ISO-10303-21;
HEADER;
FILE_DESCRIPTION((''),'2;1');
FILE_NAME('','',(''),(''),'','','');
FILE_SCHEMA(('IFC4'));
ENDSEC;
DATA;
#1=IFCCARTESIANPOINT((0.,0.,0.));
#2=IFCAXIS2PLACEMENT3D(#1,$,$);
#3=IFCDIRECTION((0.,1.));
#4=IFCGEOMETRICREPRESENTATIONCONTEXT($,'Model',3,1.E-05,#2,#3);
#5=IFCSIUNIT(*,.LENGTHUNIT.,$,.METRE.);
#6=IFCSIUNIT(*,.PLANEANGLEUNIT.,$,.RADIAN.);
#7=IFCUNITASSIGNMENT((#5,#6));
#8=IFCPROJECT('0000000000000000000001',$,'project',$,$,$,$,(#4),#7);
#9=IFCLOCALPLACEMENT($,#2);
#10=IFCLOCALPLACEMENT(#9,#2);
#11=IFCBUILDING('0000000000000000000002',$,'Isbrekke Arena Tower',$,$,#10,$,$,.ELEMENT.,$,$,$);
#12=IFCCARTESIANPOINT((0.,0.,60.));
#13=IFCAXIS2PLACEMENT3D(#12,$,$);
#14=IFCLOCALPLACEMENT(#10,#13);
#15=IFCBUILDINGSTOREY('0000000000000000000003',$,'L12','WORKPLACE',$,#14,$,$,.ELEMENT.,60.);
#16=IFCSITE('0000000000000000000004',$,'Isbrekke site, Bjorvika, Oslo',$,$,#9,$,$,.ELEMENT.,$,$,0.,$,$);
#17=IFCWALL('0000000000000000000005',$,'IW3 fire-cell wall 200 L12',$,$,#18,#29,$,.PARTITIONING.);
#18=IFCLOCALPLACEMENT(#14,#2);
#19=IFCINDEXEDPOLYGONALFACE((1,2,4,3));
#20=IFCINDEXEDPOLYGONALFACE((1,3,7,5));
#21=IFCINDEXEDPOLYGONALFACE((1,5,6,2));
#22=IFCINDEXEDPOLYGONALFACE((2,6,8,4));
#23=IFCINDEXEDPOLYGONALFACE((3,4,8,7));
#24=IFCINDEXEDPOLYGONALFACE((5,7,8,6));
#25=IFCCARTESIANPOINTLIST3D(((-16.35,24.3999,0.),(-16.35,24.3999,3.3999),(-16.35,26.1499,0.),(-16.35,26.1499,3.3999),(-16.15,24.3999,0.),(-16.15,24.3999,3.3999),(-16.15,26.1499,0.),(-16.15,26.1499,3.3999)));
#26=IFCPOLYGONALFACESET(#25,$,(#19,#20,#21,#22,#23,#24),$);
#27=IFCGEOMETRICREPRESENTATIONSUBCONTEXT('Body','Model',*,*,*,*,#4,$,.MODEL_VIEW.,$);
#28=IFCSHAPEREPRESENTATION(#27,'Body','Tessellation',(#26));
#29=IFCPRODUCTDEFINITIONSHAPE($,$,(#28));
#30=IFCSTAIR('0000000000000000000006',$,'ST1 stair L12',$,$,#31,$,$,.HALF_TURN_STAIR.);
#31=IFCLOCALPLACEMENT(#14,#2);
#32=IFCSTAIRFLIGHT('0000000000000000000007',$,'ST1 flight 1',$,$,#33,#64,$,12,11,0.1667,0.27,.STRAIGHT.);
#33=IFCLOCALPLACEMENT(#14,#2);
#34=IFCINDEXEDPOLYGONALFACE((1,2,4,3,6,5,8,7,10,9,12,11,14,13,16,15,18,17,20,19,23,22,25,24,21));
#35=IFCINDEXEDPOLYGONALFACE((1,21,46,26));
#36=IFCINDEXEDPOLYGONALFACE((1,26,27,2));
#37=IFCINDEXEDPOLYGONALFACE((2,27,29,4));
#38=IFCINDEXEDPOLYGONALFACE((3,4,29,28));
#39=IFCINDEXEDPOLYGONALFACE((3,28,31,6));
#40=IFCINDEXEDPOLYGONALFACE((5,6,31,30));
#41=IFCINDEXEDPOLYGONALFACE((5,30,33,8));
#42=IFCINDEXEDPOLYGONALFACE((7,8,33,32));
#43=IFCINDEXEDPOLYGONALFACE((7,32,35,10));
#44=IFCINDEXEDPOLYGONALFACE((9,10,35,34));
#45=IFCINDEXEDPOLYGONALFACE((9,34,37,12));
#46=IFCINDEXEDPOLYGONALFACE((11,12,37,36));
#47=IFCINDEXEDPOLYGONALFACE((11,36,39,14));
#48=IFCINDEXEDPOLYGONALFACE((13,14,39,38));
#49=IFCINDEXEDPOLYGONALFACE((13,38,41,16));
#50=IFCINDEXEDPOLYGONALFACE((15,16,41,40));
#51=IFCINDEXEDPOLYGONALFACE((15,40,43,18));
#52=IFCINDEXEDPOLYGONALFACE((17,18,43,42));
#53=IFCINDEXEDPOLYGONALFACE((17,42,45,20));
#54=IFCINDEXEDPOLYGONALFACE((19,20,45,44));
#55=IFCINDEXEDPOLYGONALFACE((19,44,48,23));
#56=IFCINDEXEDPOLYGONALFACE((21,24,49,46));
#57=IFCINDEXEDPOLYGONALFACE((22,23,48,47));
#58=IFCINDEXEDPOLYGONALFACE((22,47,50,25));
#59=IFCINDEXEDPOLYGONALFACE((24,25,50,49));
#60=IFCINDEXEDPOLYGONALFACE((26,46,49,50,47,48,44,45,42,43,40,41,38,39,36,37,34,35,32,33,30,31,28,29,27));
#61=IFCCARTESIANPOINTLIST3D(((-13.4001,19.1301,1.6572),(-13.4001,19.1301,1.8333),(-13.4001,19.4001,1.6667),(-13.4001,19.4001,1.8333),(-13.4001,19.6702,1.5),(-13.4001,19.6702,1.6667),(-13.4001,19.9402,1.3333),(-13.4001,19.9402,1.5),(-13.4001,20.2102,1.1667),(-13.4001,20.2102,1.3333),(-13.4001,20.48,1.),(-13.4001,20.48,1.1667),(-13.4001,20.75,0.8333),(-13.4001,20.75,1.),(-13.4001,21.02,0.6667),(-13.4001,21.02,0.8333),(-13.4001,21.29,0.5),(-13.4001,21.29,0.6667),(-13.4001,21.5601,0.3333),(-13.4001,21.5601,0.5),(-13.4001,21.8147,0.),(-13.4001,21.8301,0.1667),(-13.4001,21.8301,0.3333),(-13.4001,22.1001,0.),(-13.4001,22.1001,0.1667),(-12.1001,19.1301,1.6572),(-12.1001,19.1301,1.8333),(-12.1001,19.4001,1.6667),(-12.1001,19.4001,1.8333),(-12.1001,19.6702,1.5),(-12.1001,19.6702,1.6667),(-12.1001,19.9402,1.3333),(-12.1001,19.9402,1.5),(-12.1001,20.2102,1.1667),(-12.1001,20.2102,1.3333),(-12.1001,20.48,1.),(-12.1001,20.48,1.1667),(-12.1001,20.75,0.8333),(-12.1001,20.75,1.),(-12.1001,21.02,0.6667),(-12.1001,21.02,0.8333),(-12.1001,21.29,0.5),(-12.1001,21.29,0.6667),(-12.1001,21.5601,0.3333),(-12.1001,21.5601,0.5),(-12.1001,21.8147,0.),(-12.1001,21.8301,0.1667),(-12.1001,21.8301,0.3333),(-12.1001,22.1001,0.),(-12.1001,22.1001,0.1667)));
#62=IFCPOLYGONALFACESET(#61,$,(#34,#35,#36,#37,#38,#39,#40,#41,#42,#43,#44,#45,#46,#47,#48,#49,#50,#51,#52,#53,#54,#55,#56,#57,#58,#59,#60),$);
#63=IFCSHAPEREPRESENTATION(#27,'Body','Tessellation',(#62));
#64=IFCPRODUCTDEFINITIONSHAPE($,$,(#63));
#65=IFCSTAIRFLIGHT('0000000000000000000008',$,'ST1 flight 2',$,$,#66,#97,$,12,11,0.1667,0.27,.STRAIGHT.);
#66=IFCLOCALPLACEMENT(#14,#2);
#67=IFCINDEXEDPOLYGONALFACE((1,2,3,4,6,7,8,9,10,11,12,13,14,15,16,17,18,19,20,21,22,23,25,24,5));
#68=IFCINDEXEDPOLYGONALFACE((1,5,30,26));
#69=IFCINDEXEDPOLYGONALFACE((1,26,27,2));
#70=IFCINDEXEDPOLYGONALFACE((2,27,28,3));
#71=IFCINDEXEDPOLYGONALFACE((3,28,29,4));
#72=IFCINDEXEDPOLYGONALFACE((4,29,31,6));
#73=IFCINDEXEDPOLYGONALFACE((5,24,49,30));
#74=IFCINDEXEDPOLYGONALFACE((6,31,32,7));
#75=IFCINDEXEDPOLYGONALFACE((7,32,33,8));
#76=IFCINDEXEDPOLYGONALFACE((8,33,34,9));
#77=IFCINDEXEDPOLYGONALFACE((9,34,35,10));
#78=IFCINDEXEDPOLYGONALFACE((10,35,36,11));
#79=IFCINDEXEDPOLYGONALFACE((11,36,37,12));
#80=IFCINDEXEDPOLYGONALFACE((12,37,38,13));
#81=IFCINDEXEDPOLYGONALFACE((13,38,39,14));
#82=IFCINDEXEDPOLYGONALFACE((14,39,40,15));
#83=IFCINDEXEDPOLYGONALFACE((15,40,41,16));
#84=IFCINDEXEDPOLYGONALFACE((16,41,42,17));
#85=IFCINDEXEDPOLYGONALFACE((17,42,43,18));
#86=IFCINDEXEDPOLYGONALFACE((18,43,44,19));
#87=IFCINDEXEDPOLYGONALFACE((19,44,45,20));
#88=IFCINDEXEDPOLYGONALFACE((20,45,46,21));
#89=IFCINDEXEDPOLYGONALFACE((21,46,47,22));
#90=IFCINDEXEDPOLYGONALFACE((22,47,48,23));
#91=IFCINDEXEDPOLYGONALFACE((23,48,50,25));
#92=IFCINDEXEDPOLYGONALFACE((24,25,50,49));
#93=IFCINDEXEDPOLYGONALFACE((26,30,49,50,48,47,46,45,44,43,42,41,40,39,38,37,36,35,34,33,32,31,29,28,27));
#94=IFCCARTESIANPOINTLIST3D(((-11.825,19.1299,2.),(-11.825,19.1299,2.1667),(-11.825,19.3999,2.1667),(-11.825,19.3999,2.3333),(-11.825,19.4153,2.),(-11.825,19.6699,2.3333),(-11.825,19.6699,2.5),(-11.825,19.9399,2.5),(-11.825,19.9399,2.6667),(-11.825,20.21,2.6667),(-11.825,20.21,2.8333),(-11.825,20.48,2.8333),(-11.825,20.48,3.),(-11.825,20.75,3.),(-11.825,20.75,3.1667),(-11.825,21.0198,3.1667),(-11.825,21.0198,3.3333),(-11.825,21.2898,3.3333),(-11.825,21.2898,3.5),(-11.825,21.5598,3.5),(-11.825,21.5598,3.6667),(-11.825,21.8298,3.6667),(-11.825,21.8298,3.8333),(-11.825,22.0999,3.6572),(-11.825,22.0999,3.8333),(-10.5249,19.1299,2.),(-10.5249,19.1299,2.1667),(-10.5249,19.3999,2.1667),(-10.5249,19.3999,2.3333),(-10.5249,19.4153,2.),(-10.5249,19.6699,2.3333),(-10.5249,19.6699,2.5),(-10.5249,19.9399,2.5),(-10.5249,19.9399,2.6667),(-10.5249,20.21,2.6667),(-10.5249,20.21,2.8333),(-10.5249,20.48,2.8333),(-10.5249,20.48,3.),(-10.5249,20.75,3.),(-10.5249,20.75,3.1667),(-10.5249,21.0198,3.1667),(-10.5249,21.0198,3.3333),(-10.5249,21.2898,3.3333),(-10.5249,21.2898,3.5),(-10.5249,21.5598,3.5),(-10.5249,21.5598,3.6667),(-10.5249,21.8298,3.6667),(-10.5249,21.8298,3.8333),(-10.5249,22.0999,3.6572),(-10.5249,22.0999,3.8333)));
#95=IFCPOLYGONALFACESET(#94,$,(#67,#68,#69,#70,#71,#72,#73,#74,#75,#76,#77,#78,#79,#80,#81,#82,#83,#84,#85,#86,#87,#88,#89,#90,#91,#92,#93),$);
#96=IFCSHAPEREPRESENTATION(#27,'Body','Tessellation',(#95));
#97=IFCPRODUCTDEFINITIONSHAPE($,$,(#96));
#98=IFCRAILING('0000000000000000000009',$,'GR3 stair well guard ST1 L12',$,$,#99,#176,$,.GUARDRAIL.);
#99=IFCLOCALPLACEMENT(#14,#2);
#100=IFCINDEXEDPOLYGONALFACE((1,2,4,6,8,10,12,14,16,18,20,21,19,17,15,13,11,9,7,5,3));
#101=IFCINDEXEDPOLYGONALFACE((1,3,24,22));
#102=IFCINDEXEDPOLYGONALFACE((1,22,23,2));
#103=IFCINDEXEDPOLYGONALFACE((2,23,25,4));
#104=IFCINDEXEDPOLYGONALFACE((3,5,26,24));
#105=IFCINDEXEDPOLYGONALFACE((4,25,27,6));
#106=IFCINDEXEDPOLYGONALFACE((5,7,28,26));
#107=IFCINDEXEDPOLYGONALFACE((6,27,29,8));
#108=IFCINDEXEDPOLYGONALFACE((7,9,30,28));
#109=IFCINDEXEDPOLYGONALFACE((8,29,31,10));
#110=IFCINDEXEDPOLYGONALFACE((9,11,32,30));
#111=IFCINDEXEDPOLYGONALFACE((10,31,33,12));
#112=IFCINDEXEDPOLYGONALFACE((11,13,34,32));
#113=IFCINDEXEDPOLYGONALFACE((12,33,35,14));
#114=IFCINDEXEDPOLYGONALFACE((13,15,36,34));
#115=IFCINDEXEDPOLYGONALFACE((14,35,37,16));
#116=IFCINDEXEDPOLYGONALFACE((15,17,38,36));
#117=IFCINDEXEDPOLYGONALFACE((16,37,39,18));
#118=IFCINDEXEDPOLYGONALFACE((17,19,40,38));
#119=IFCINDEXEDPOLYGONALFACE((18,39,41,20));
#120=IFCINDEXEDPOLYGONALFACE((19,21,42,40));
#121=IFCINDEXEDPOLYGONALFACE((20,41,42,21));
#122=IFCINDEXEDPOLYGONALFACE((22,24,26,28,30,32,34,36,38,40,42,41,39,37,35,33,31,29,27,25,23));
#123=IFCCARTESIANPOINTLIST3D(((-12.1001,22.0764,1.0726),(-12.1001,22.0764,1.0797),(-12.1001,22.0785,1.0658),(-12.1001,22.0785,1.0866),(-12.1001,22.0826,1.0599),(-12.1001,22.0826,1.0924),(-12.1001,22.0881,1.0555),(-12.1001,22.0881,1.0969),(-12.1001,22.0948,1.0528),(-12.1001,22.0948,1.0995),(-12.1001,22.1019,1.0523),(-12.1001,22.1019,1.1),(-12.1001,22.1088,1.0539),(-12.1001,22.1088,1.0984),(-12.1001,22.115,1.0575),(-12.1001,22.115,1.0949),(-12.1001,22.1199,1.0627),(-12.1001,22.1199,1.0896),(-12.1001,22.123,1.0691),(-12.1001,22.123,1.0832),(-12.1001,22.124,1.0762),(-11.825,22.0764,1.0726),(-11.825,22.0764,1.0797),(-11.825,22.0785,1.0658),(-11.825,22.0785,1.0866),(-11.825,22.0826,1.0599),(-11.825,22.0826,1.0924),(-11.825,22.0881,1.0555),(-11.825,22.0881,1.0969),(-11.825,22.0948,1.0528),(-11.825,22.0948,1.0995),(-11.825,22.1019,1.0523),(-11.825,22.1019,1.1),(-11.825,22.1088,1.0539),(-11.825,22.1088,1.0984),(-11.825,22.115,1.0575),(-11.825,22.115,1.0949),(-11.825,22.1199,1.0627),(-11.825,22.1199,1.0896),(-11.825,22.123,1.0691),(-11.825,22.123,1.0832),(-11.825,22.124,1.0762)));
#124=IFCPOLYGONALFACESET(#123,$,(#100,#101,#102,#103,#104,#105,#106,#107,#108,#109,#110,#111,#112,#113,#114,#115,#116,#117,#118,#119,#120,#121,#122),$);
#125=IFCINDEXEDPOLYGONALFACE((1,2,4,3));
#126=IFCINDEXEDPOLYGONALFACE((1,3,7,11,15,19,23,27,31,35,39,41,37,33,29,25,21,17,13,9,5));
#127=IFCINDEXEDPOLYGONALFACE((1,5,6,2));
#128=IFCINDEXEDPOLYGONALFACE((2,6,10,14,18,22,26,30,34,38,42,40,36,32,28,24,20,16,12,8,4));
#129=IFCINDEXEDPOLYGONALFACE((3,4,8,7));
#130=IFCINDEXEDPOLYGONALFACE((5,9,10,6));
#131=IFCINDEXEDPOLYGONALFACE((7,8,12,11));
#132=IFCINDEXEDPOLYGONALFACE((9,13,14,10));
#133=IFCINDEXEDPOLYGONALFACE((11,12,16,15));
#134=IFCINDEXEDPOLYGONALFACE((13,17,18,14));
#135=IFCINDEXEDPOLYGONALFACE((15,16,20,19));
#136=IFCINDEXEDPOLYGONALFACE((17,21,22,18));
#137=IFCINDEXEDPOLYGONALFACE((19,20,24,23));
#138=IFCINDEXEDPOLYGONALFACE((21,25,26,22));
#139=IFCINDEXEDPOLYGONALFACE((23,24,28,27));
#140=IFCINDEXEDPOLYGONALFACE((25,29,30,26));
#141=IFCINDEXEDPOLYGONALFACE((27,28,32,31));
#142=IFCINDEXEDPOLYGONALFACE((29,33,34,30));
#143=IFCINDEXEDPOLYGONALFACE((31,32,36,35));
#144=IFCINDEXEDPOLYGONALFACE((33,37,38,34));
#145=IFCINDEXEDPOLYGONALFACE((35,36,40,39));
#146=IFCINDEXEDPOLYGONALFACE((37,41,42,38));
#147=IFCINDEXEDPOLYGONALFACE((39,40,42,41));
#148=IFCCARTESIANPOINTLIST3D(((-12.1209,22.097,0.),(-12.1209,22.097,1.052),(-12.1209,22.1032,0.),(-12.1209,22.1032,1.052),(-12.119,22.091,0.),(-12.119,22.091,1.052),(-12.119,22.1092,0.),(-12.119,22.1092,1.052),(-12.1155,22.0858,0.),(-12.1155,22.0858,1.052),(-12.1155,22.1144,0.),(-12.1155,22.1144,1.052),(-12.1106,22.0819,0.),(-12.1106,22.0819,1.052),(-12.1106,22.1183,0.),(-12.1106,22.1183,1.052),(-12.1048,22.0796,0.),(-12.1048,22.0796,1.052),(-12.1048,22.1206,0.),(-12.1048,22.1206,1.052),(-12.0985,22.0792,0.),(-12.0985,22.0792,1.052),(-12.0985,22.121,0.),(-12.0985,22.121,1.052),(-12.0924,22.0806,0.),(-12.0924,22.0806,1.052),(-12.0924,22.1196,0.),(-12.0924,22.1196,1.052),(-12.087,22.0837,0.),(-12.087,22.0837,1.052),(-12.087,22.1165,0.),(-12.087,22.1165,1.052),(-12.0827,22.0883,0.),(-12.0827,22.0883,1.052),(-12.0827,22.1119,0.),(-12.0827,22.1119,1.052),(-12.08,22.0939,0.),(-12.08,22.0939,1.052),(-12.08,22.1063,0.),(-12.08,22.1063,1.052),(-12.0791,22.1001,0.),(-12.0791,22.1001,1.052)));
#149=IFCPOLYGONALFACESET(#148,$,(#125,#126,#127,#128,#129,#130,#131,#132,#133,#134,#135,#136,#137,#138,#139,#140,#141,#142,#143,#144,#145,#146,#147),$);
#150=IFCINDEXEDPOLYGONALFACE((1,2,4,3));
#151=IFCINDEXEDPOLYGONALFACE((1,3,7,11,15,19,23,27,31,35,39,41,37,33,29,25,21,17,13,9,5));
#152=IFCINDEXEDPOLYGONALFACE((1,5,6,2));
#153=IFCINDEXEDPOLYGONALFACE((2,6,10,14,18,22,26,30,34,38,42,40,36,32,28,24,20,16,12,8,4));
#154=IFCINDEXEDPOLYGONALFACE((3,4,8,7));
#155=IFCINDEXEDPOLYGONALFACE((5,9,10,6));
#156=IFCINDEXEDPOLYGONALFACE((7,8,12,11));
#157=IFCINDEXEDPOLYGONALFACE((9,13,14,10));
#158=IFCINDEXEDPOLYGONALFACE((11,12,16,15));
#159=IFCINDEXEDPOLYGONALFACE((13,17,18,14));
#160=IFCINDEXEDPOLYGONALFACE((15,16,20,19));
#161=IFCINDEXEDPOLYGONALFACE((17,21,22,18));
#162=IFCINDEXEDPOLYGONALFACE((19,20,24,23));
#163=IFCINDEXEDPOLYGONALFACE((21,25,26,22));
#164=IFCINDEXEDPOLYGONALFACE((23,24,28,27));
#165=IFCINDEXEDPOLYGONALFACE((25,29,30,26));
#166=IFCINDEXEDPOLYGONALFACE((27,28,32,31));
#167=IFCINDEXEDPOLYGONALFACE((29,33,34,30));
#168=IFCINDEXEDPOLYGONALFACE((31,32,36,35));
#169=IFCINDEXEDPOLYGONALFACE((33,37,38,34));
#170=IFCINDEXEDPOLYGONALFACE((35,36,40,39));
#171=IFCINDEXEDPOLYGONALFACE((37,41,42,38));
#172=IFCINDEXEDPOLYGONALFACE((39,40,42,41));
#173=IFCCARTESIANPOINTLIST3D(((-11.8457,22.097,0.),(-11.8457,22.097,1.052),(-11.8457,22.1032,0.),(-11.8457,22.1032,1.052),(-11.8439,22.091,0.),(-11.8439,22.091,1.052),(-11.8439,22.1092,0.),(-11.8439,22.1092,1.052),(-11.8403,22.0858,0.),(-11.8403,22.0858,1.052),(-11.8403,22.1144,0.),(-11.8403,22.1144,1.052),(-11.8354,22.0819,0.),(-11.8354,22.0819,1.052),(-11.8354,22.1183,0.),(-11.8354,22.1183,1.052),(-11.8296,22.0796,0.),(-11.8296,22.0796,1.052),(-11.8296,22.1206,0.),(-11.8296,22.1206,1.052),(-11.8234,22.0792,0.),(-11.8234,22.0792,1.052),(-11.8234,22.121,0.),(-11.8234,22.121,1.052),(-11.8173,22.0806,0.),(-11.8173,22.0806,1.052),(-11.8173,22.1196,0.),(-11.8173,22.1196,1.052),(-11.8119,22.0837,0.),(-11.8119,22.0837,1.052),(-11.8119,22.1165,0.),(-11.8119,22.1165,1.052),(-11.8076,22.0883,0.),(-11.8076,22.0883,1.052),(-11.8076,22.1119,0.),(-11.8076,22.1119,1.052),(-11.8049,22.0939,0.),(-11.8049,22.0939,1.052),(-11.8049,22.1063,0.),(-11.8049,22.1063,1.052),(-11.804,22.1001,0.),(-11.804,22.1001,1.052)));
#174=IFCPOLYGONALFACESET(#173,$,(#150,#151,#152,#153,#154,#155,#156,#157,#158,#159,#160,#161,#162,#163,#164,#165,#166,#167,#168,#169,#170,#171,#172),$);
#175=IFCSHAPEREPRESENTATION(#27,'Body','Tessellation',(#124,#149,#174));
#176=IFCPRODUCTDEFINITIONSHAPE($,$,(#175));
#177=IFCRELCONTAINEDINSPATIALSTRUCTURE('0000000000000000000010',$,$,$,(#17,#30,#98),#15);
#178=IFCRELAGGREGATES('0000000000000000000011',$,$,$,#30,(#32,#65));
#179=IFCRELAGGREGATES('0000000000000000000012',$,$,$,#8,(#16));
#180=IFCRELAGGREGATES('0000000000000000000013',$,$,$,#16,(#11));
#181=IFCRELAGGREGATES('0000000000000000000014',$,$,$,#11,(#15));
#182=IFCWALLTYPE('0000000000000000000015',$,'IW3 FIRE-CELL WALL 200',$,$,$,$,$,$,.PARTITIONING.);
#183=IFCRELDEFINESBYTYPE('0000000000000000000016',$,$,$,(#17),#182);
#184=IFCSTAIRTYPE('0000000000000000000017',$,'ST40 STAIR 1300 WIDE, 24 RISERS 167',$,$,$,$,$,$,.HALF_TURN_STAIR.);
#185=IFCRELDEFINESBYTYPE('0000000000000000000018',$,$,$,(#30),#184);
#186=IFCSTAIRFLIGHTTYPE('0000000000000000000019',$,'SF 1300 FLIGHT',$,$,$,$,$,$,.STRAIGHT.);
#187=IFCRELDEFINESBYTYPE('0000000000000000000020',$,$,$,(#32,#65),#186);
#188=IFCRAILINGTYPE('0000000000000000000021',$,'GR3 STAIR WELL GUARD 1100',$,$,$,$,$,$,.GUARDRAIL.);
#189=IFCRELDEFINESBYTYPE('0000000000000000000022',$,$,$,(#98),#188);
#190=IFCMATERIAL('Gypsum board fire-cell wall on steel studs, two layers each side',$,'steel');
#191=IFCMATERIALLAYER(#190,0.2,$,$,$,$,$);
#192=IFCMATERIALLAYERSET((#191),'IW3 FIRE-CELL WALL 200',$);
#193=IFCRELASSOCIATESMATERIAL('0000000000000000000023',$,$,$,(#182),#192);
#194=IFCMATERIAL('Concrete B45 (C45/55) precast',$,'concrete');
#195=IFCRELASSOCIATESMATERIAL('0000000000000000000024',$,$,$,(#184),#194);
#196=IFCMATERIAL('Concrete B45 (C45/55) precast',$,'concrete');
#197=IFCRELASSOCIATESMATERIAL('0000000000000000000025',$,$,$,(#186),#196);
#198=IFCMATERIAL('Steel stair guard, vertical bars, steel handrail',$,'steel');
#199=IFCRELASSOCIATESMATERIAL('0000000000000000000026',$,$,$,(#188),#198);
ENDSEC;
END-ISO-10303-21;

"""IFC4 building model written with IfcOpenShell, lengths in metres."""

from ifc_helpers import new_model, si_unit, direction, frame, frame_2d, origin, origin_2d, place, context, subcontext, project, spatial, polyline, rectangle, circle, outline, extrude, material, layer, layer_set, type_object, element, aggregate, save


model = new_model("IFC4")

# Units and contexts
model_context = context("Model", 3, precision=1e-05, world=origin(), true_north=direction((0.0, 1.0)))
body_context = subcontext(model_context, "Body", "Model", "MODEL_VIEW")
ifc_project = project(units=[si_unit("LENGTHUNIT", "METRE"), si_unit("PLANEANGLEUNIT", "RADIAN")], contexts=[model_context])

# Site, building, storey
site_placement = place(None, origin())
site = spatial("IfcSite", under=ifc_project, at=site_placement, Name="Isbrekke site, Bjorvika, Oslo", CompositionType="ELEMENT", RefElevation=0.0)
building_placement = place(site_placement, origin())
building = spatial("IfcBuilding", under=site, at=building_placement, Name="Isbrekke Arena Tower", CompositionType="ELEMENT")
storey_placement = place(building_placement, frame((0.0, 0.0, 60.0)))
storey = spatial("IfcBuildingStorey", under=building, at=storey_placement, Name="L12", Description="WORKPLACE", CompositionType="ELEMENT", Elevation=60.0)

# Wall
ifc_material_1 = material(Name="Gypsum board fire-cell wall on steel studs, two layers each side", Category="steel")
ifc_layer_1 = layer(ifc_material_1, 0.2)
ifc_layer_set_1 = layer_set([ifc_layer_1], Name="IW3 FIRE-CELL WALL 200")
wall_type_1 = type_object("IfcWallType", Name="IW3 FIRE-CELL WALL 200", PredefinedType="PARTITIONING", material=ifc_layer_set_1)
wall_1_placement = place(storey_placement, frame((-16.25, 24.3999, 0.0), z_axis=(0.0, 0.0, 1.0), x_axis=(0.0, 1.0, 0.0)))
element("IfcWall", 1, at=wall_1_placement, inside=storey, type_object=wall_type_1, Name="IW3 fire-cell wall 200 L12", PredefinedType="PARTITIONING", context=body_context, shape_type="SweptSolid", body=[
    extrude(rectangle(XDim=1.75, YDim=0.2, at=frame_2d((0.875, 0.0))), origin(), (0.0, 0.0, 1.0), 3.3999),
])

# Stair, stair flights
ifc_material_2 = material(Name="Concrete B45 (C45/55) precast", Category="concrete")
stair_type = type_object("IfcStairType", Name="ST40 STAIR 1300 WIDE, 24 RISERS 167", PredefinedType="HALF_TURN_STAIR", material=ifc_material_2)
stair_placement = place(storey_placement, origin())
stair = element("IfcStair", 2, at=stair_placement, inside=storey, type_object=stair_type, Name="ST1 stair L12", PredefinedType="HALF_TURN_STAIR")
ifc_material_3 = material(Name="Concrete B45 (C45/55) precast", Category="concrete")
stair_flight_type = type_object("IfcStairFlightType", Name="SF 1300 FLIGHT", PredefinedType="STRAIGHT", material=ifc_material_3)
stair_flight_1_placement = place(storey_placement, frame((-12.75, 22.1001, 0.0), z_axis=(0.0, 0.0, 1.0), x_axis=(0.0, -1.0, 0.0)))
stair_flight_1 = element("IfcStairFlight", 3, at=stair_flight_1_placement, type_object=stair_flight_type, Name="ST1 flight 1", NumberOfRisers=12, NumberOfTreads=11, PredefinedType="STRAIGHT", RiserHeight=0.1667, TreadLength=0.27, context=body_context, shape_type="SweptSolid", body=[
    extrude(outline(polyline([(0.0, 0.0), (0.0, 0.1667), (0.27, 0.1667), (0.27, 0.3333), (0.54, 0.3333), (0.54, 0.5), (0.8101, 0.5), (0.8101, 0.6667), (1.0801, 0.6667), (1.0801, 0.8333), (1.3501, 0.8333), (1.3501, 1.0), (1.6201, 1.0), (1.6201, 1.1667), (1.8899, 1.1667), (1.8899, 1.3333), (2.1599, 1.3333), (2.1599, 1.5), (2.4299, 1.5), (2.4299, 1.6667), (2.7, 1.6667), (2.7, 1.8333), (2.97, 1.8333), (2.97, 2.0), (2.97, 1.6572), (0.2854, 0.0), (0.0, 0.0)])), frame((0.0, 0.6499, 0.0), z_axis=(0.0, -1.0, 0.0), x_axis=(1.0, 0.0, 0.0)), (0.0, 0.0, 1.0), 1.3),
])
stair_flight_2_placement = place(storey_placement, frame((-11.175, 19.1299, 2.0), z_axis=(0.0, 0.0, 1.0), x_axis=(0.0, 1.0, 0.0)))
stair_flight_2 = element("IfcStairFlight", 4, at=stair_flight_2_placement, type_object=stair_flight_type, Name="ST1 flight 2", NumberOfRisers=12, NumberOfTreads=11, PredefinedType="STRAIGHT", RiserHeight=0.1667, TreadLength=0.27, context=body_context, shape_type="SweptSolid", body=[
    extrude(outline(polyline([(0.0, 0.0), (0.0, 0.1667), (0.27, 0.1667), (0.27, 0.3333), (0.54, 0.3333), (0.54, 0.5), (0.8101, 0.5), (0.8101, 0.6667), (1.0801, 0.6667), (1.0801, 0.8333), (1.3501, 0.8333), (1.3501, 1.0), (1.6201, 1.0), (1.6201, 1.1667), (1.8899, 1.1667), (1.8899, 1.3333), (2.1599, 1.3333), (2.1599, 1.5), (2.4299, 1.5), (2.4299, 1.6667), (2.7, 1.6667), (2.7, 1.8333), (2.97, 1.8333), (2.97, 2.0), (2.97, 1.6572), (0.2854, 0.0), (0.0, 0.0)])), frame((0.0, 0.6499, 0.0), z_axis=(0.0, -1.0, 0.0), x_axis=(1.0, 0.0, 0.0)), (0.0, 0.0, 1.0), 1.3),
])
aggregate(stair, [stair_flight_1, stair_flight_2])

# Railing
ifc_material_4 = material(Name="Steel stair guard, vertical bars, steel handrail", Category="steel")
railing_type = type_object("IfcRailingType", Name="GR3 STAIR WELL GUARD 1100", PredefinedType="GUARDRAIL", material=ifc_material_4)
for number, where, name in (
    (5, (-12.1001, 22.1001, 0.0), "GR3 stair well guard ST1 L12"),
):
    element("IfcRailing", number, at=place(storey_placement, frame(where)), inside=storey, type_object=railing_type, Name=name, PredefinedType="GUARDRAIL", context=body_context, shape_type="SweptSolid", body=[
        extrude(circle(Radius=0.0239, at=origin_2d()), frame((0.0, 0.0, 1.0762), z_axis=(1.0, 0.0, 0.0), x_axis=(0.0, 1.0, 0.0)), (0.0, 0.0, 1.0), 0.2751),
        extrude(circle(Radius=0.021, at=origin_2d()), origin(), (0.0, 0.0, 1.0), 1.052),
        extrude(circle(Radius=0.021, at=origin_2d()), frame((0.2751, 0.0, 0.0)), (0.0, 0.0, 1.0), 1.052),
    ])

save(model, "model.ifc")
